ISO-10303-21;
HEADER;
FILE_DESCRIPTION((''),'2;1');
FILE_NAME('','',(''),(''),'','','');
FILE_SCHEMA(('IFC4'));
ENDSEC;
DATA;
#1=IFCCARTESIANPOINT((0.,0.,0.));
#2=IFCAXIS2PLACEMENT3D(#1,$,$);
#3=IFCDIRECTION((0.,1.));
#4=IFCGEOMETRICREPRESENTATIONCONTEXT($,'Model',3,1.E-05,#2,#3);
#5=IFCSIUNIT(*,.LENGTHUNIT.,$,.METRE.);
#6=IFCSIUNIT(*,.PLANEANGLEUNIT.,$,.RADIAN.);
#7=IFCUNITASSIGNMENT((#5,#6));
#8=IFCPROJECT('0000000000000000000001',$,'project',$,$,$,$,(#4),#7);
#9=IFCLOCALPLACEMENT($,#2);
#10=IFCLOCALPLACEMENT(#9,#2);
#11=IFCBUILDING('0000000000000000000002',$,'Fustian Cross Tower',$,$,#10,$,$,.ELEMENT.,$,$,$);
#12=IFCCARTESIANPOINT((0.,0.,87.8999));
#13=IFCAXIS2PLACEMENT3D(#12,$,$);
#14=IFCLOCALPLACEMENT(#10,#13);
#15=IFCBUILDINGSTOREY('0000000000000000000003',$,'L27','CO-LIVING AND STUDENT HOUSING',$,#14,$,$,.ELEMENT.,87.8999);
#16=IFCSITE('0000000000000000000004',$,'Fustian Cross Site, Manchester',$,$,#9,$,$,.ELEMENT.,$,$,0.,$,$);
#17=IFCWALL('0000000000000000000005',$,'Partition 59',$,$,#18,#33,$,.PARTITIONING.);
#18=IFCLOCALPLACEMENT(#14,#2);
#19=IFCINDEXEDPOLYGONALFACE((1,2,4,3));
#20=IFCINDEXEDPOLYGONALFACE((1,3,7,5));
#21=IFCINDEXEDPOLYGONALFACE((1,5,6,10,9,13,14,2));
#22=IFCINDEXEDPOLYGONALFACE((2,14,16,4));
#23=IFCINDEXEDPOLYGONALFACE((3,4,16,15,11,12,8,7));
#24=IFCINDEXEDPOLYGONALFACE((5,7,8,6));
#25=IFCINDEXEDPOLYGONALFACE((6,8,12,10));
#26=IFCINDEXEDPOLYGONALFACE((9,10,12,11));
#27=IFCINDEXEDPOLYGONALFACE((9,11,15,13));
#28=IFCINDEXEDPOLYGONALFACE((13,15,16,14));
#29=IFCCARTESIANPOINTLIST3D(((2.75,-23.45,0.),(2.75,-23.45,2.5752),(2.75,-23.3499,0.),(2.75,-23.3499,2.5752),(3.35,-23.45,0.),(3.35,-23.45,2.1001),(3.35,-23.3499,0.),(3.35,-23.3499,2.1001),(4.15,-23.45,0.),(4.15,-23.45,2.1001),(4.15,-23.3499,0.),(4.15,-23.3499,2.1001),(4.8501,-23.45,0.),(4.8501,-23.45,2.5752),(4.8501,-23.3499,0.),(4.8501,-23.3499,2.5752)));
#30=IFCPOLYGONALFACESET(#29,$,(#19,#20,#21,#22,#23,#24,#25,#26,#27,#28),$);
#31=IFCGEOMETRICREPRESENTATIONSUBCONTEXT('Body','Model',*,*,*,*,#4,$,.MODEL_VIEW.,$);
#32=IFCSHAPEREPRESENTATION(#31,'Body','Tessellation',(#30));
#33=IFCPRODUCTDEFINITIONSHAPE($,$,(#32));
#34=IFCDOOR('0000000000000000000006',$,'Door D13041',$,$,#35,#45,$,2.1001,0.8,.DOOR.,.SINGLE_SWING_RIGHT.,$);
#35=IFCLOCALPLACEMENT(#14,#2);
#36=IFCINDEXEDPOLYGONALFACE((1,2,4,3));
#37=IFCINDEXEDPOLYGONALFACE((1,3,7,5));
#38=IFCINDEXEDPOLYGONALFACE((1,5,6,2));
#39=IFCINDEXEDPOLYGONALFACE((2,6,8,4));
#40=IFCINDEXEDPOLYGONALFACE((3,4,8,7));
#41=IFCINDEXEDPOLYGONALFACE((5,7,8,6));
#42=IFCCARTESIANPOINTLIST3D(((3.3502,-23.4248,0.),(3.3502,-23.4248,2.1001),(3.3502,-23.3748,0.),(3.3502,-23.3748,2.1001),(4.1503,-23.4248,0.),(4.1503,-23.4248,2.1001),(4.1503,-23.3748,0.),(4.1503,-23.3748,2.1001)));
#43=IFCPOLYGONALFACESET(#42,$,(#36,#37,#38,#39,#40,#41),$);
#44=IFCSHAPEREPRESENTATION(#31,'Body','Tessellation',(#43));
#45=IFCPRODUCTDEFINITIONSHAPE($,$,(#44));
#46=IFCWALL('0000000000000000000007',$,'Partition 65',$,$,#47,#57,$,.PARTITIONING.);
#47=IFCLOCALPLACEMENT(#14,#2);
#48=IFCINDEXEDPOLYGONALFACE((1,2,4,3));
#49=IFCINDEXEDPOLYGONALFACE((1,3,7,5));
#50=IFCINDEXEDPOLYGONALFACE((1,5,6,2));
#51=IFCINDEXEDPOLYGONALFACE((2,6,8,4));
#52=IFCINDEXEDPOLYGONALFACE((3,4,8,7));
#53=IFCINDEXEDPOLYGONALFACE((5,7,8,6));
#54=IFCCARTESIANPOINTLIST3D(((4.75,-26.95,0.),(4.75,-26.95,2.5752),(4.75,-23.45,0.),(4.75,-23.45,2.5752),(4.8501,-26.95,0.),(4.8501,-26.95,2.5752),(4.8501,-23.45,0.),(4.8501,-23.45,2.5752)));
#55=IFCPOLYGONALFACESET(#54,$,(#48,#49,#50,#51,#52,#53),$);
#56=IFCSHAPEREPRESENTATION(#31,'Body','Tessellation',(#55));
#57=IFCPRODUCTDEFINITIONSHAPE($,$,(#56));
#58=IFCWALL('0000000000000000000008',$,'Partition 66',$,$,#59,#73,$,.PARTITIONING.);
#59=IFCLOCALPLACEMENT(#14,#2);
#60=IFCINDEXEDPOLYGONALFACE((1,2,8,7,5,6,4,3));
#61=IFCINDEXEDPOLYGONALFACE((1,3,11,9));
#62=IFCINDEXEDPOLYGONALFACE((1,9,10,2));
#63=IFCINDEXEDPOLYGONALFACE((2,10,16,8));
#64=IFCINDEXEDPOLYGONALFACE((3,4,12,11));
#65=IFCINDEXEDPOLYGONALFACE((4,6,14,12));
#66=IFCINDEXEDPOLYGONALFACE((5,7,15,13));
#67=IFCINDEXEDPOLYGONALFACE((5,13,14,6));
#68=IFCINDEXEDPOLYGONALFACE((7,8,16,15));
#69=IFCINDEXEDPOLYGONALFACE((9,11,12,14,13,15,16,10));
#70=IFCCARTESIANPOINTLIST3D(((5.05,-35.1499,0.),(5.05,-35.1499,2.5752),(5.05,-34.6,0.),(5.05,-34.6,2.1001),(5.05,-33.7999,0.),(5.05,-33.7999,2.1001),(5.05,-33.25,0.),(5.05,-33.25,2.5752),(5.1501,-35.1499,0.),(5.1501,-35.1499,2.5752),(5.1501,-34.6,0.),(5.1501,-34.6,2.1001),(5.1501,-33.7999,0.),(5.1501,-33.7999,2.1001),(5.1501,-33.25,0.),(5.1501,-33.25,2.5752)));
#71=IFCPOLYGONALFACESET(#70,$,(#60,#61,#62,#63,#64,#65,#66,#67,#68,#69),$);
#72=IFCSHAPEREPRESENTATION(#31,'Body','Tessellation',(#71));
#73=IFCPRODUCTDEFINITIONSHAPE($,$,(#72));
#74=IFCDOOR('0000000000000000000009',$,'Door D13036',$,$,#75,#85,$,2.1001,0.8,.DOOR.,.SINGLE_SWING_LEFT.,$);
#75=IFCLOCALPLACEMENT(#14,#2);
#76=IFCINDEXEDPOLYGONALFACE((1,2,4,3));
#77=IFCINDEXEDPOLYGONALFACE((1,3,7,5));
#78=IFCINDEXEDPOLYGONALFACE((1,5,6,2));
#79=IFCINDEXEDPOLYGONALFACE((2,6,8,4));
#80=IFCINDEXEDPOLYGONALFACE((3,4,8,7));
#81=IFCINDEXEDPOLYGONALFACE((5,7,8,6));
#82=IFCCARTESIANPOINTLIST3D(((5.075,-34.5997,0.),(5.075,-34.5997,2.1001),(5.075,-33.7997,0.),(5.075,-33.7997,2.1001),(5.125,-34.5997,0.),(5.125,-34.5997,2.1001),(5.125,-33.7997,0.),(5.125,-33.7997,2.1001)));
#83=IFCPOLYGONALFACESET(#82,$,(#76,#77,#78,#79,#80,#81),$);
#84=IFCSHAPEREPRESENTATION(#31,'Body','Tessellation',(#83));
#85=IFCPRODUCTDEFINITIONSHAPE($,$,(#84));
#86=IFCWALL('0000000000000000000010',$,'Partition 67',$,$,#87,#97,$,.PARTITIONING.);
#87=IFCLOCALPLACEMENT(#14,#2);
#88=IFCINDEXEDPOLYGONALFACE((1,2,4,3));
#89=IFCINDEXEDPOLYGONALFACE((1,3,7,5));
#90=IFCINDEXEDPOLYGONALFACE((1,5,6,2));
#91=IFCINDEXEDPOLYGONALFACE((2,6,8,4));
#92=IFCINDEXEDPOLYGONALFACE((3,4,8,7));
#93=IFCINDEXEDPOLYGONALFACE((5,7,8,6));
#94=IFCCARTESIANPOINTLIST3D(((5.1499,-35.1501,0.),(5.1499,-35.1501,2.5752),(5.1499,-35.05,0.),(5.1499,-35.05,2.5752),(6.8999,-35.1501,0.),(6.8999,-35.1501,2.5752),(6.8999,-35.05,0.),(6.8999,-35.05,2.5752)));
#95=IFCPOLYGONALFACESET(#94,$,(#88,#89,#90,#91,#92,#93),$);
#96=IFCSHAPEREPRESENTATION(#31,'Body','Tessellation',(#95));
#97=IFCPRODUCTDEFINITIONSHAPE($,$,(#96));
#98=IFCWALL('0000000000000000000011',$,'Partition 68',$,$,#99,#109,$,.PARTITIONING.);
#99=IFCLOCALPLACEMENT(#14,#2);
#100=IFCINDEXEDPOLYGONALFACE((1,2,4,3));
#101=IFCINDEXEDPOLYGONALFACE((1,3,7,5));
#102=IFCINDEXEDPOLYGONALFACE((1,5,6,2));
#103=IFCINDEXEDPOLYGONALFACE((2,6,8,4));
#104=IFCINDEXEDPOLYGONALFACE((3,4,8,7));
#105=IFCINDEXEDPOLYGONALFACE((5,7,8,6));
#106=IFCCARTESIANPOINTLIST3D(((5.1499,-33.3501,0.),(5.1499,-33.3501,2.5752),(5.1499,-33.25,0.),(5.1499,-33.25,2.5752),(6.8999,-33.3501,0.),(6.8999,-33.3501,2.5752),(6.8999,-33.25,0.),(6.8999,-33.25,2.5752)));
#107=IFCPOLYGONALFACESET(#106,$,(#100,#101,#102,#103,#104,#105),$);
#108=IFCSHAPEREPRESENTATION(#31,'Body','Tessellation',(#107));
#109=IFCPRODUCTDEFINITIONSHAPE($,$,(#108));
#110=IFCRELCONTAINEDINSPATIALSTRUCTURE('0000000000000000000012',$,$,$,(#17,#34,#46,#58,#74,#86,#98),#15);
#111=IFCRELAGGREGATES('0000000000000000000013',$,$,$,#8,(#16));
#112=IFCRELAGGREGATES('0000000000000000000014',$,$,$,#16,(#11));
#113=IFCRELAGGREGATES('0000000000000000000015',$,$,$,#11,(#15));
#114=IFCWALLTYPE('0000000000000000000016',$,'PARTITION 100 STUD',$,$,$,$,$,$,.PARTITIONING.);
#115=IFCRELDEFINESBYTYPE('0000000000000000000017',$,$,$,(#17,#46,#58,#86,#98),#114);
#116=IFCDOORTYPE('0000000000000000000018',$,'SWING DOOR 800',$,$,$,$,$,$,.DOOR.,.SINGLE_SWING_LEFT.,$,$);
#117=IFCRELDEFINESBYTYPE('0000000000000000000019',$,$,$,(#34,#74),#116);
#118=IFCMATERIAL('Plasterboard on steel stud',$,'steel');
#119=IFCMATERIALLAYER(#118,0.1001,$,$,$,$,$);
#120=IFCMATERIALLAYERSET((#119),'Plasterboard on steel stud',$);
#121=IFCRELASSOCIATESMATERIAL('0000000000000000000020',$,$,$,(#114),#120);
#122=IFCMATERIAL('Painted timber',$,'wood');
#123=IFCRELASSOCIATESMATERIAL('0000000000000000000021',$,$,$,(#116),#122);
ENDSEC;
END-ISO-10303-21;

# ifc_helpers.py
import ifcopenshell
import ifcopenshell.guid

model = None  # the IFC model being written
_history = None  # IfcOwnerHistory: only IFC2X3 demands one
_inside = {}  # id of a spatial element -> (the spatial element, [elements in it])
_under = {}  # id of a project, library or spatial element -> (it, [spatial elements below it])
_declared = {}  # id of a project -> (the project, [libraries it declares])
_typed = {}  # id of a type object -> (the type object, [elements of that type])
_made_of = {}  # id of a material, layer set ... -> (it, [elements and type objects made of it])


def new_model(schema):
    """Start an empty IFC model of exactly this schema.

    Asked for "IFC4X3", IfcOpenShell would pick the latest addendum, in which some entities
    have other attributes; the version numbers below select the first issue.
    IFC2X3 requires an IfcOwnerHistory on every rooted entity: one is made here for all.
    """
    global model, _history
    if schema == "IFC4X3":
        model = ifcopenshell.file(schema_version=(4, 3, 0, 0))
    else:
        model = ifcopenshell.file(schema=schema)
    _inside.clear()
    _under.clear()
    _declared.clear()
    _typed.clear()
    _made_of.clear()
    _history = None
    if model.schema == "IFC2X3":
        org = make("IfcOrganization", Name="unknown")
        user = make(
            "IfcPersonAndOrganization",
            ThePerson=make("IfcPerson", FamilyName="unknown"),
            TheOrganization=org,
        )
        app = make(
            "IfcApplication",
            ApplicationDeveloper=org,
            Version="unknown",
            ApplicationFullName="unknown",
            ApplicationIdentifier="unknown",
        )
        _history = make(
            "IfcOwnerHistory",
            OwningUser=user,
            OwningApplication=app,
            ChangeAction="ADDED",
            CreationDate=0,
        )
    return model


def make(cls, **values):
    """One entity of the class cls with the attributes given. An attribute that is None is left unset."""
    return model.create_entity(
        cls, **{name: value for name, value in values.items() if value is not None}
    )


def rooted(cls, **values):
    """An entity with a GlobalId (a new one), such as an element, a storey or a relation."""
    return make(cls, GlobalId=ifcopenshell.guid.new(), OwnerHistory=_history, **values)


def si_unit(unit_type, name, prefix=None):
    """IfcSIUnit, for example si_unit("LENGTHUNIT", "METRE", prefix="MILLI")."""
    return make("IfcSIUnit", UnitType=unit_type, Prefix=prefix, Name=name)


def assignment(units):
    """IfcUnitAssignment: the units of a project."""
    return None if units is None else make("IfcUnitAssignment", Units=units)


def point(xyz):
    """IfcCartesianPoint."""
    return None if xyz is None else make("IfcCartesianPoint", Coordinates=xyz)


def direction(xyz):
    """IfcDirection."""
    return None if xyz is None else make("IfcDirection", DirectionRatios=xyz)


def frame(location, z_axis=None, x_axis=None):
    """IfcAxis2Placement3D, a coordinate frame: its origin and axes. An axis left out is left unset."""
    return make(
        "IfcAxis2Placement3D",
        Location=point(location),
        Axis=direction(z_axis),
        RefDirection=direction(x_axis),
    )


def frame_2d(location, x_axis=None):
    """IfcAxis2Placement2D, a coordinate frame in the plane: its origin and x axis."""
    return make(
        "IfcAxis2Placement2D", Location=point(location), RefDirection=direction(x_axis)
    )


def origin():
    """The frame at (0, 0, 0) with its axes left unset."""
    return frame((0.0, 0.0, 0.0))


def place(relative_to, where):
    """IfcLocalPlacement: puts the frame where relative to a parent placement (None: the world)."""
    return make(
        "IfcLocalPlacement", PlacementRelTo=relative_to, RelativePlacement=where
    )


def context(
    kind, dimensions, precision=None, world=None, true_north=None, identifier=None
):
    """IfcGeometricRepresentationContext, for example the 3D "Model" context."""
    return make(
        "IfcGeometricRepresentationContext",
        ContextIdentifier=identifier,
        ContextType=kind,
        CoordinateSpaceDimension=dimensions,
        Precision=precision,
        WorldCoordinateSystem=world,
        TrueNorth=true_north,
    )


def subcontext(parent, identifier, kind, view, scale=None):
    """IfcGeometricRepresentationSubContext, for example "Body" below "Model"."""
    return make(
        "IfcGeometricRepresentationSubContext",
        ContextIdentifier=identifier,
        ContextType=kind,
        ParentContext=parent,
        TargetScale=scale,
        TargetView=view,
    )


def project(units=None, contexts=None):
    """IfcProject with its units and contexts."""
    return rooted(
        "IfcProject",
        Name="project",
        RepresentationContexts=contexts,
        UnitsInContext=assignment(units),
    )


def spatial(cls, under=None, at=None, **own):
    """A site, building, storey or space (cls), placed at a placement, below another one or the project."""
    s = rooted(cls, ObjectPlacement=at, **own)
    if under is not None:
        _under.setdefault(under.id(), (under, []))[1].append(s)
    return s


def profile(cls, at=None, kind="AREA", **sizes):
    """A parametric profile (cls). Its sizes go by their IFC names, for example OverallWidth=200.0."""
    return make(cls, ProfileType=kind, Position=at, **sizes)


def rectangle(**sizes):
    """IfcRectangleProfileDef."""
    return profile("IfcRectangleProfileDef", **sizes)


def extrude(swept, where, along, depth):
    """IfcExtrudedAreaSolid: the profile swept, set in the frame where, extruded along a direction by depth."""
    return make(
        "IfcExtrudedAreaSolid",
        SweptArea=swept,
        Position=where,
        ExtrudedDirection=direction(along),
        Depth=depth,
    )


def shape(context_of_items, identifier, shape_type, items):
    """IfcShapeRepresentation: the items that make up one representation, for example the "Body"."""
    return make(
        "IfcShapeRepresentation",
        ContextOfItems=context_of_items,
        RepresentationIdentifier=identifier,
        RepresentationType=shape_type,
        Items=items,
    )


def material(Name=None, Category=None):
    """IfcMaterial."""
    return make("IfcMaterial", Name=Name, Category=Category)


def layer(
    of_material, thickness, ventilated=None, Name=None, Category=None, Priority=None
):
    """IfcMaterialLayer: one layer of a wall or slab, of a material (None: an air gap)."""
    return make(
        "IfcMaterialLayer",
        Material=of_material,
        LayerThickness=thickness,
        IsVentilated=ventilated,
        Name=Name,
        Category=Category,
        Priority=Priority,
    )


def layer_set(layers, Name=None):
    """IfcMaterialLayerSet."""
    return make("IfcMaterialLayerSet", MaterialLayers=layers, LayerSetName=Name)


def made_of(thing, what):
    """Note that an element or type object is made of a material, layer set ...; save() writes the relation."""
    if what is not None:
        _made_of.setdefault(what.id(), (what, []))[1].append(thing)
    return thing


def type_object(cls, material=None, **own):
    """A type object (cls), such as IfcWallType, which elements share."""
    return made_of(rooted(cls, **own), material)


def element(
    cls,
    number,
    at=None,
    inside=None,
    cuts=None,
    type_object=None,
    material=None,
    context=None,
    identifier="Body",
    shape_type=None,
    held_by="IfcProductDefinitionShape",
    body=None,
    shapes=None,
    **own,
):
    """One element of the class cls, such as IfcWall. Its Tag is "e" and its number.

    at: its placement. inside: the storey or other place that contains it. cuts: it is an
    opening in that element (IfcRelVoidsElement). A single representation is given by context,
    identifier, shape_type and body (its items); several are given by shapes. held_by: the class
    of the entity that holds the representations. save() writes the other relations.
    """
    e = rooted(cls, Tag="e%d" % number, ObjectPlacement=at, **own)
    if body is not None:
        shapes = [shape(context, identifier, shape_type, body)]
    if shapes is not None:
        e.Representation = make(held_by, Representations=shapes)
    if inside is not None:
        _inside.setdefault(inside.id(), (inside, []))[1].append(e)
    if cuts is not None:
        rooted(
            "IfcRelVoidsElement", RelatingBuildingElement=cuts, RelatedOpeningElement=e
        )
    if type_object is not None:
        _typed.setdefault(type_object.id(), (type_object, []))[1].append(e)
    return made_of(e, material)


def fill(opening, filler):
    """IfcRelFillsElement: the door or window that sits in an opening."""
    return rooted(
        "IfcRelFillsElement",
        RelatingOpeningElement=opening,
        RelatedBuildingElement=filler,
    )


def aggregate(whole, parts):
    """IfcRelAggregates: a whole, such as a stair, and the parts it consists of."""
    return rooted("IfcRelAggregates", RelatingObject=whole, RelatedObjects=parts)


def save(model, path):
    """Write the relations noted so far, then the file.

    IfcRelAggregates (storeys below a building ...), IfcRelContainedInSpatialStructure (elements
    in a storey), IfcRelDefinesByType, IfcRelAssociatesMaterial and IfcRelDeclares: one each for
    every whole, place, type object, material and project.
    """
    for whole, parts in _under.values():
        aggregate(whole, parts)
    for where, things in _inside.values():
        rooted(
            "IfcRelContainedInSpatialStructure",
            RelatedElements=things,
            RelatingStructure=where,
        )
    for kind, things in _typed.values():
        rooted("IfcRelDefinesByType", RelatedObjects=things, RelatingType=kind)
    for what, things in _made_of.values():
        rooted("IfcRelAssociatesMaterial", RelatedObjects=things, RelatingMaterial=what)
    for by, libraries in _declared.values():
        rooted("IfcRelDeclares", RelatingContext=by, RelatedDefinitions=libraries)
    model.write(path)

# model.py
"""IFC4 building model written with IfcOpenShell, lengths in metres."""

from ifc_helpers import new_model, si_unit, direction, frame, frame_2d, origin, place, context, subcontext, project, spatial, rectangle, extrude, material, layer, layer_set, type_object, element, fill, save


model = new_model("IFC4")

# Units and contexts
model_context = context("Model", 3, precision=1e-05, world=origin(), true_north=direction((0.0, 1.0)))
body_context = subcontext(model_context, "Body", "Model", "MODEL_VIEW")
ifc_project = project(units=[si_unit("LENGTHUNIT", "METRE"), si_unit("PLANEANGLEUNIT", "RADIAN")], contexts=[model_context])

# Site, building, storey
site_placement = place(None, origin())
site = spatial("IfcSite", under=ifc_project, at=site_placement, Name="Fustian Cross Site, Manchester", CompositionType="ELEMENT", RefElevation=0.0)
building_placement = place(site_placement, origin())
building = spatial("IfcBuilding", under=site, at=building_placement, Name="Fustian Cross Tower", CompositionType="ELEMENT")
storey_placement = place(building_placement, frame((0.0, 0.0, 87.8999)))
storey = spatial("IfcBuildingStorey", under=building, at=storey_placement, Name="L27", Description="CO-LIVING AND STUDENT HOUSING", CompositionType="ELEMENT", Elevation=87.8999)

# Shared definitions
ifc_material_1 = material(Name="Plasterboard on steel stud", Category="steel")
ifc_layer = layer(ifc_material_1, 0.1001)
ifc_layer_set = layer_set([ifc_layer], Name="Plasterboard on steel stud")
wall_type = type_object("IfcWallType", Name="PARTITION 100 STUD", PredefinedType="PARTITIONING", material=ifc_layer_set)

# Shared definitions
ifc_material_2 = material(Name="Painted timber", Category="wood")
door_type_1 = type_object("IfcDoorType", Name="SWING DOOR 800", OperationType="SINGLE_SWING_LEFT", PredefinedType="DOOR", material=ifc_material_2)

# Wall, opening, door
wall_1_placement = place(storey_placement, frame((2.75, -23.3999, 0.0), z_axis=(0.0, 0.0, 1.0), x_axis=(1.0, 0.0, 0.0)))
wall_1 = element("IfcWall", 1, at=wall_1_placement, inside=storey, type_object=wall_type, Name="Partition 59", PredefinedType="PARTITIONING", context=body_context, shape_type="SweptSolid", body=[
    extrude(rectangle(XDim=2.1001, YDim=0.1001, at=frame_2d((1.05, 0.0))), origin(), (0.0, 0.0, 1.0), 2.5752),
])
opening_1_placement = place(wall_1_placement, frame((0.6001, 0.0, 0.0)))
opening_1 = element("IfcOpeningElement", 2, at=opening_1_placement, cuts=wall_1, PredefinedType="OPENING", context=body_context, shape_type="SweptSolid", body=[
    extrude(rectangle(XDim=0.8, YDim=2.1001, at=frame_2d((0.3999, 1.05))), frame((0.0, 0.0601, 0.0), z_axis=(0.0, -1.0, 0.0), x_axis=(1.0, 0.0, 0.0)), (0.0, 0.0, 1.0), 0.1201),
])
door_1_placement = place(opening_1_placement, frame((0.8, 0.0, 0.0), z_axis=(0.0, 0.0, 1.0), x_axis=(-1.0, 0.0, 0.0)))
door_1 = element("IfcDoor", 3, at=door_1_placement, inside=storey, type_object=door_type_1, Name="Door D13041", OperationType="SINGLE_SWING_RIGHT", OverallHeight=2.1001, OverallWidth=0.8, PredefinedType="DOOR", context=body_context, shape_type="SweptSolid", body=[
    extrude(rectangle(XDim=0.8, YDim=2.1001, at=frame_2d((0.3999, 1.05))), frame((0.0, 0.0249, 0.0), z_axis=(0.0, -1.0, 0.0), x_axis=(1.0, 0.0, 0.0)), (0.0, 0.0, 1.0), 0.05),
])
fill(opening_1, door_1)

# Wall
wall_2_placement = place(storey_placement, frame((4.8, -26.95, 0.0), z_axis=(0.0, 0.0, 1.0), x_axis=(0.0, 1.0, 0.0)))
element("IfcWall", 4, at=wall_2_placement, inside=storey, type_object=wall_type, Name="Partition 65", PredefinedType="PARTITIONING", context=body_context, shape_type="SweptSolid", body=[
    extrude(rectangle(XDim=3.5, YDim=0.1001, at=frame_2d((1.75, 0.0))), origin(), (0.0, 0.0, 1.0), 2.5752),
])

# Wall, opening, door
wall_3_placement = place(storey_placement, frame((5.1001, -35.1499, 0.0), z_axis=(0.0, 0.0, 1.0), x_axis=(0.0, 1.0, 0.0)))
wall_3 = element("IfcWall", 5, at=wall_3_placement, inside=storey, type_object=wall_type, Name="Partition 66", PredefinedType="PARTITIONING", context=body_context, shape_type="SweptSolid", body=[
    extrude(rectangle(XDim=1.8999, YDim=0.1001, at=frame_2d((0.95, 0.0))), origin(), (0.0, 0.0, 1.0), 2.5752),
])
opening_2_placement = place(wall_3_placement, frame((0.55, 0.0, 0.0)))
opening_2 = element("IfcOpeningElement", 6, at=opening_2_placement, cuts=wall_3, PredefinedType="OPENING", context=body_context, shape_type="SweptSolid", body=[
    extrude(rectangle(XDim=0.8, YDim=2.1001, at=frame_2d((0.3999, 1.05))), frame((0.0, 0.0601, 0.0), z_axis=(0.0, -1.0, 0.0), x_axis=(1.0, 0.0, 0.0)), (0.0, 0.0, 1.0), 0.1201),
])
door_2_placement = place(opening_2_placement, frame((0.8, 0.0, 0.0), z_axis=(0.0, 0.0, 1.0), x_axis=(-1.0, 0.0, 0.0)))
door_2 = element("IfcDoor", 7, at=door_2_placement, inside=storey, type_object=door_type_1, Name="Door D13036", OperationType="SINGLE_SWING_LEFT", OverallHeight=2.1001, OverallWidth=0.8, PredefinedType="DOOR", context=body_context, shape_type="SweptSolid", body=[
    extrude(rectangle(XDim=0.8, YDim=2.1001, at=frame_2d((0.3999, 1.05))), frame((0.0, 0.0249, 0.0), z_axis=(0.0, -1.0, 0.0), x_axis=(1.0, 0.0, 0.0)), (0.0, 0.0, 1.0), 0.05),
])
fill(opening_2, door_2)

# Walls
for number, where, z_axis, x_axis, name in (
    (8, (5.1499, -35.1001, 0.0), (0.0, 0.0, 1.0), (1.0, 0.0, 0.0), "Partition 67"),
    (9, (5.1499, -33.3, 0.0), (0.0, 0.0, 1.0), (1.0, 0.0, 0.0), "Partition 68"),
):
    element("IfcWall", number, at=place(storey_placement, frame(where, z_axis=z_axis, x_axis=x_axis)), inside=storey, type_object=wall_type, Name=name, PredefinedType="PARTITIONING", context=body_context, shape_type="SweptSolid", body=[
        extrude(rectangle(XDim=1.75, YDim=0.1001, at=frame_2d((0.875, 0.0))), origin(), (0.0, 0.0, 1.0), 2.5752),
    ])

save(model, "model.ifc")
